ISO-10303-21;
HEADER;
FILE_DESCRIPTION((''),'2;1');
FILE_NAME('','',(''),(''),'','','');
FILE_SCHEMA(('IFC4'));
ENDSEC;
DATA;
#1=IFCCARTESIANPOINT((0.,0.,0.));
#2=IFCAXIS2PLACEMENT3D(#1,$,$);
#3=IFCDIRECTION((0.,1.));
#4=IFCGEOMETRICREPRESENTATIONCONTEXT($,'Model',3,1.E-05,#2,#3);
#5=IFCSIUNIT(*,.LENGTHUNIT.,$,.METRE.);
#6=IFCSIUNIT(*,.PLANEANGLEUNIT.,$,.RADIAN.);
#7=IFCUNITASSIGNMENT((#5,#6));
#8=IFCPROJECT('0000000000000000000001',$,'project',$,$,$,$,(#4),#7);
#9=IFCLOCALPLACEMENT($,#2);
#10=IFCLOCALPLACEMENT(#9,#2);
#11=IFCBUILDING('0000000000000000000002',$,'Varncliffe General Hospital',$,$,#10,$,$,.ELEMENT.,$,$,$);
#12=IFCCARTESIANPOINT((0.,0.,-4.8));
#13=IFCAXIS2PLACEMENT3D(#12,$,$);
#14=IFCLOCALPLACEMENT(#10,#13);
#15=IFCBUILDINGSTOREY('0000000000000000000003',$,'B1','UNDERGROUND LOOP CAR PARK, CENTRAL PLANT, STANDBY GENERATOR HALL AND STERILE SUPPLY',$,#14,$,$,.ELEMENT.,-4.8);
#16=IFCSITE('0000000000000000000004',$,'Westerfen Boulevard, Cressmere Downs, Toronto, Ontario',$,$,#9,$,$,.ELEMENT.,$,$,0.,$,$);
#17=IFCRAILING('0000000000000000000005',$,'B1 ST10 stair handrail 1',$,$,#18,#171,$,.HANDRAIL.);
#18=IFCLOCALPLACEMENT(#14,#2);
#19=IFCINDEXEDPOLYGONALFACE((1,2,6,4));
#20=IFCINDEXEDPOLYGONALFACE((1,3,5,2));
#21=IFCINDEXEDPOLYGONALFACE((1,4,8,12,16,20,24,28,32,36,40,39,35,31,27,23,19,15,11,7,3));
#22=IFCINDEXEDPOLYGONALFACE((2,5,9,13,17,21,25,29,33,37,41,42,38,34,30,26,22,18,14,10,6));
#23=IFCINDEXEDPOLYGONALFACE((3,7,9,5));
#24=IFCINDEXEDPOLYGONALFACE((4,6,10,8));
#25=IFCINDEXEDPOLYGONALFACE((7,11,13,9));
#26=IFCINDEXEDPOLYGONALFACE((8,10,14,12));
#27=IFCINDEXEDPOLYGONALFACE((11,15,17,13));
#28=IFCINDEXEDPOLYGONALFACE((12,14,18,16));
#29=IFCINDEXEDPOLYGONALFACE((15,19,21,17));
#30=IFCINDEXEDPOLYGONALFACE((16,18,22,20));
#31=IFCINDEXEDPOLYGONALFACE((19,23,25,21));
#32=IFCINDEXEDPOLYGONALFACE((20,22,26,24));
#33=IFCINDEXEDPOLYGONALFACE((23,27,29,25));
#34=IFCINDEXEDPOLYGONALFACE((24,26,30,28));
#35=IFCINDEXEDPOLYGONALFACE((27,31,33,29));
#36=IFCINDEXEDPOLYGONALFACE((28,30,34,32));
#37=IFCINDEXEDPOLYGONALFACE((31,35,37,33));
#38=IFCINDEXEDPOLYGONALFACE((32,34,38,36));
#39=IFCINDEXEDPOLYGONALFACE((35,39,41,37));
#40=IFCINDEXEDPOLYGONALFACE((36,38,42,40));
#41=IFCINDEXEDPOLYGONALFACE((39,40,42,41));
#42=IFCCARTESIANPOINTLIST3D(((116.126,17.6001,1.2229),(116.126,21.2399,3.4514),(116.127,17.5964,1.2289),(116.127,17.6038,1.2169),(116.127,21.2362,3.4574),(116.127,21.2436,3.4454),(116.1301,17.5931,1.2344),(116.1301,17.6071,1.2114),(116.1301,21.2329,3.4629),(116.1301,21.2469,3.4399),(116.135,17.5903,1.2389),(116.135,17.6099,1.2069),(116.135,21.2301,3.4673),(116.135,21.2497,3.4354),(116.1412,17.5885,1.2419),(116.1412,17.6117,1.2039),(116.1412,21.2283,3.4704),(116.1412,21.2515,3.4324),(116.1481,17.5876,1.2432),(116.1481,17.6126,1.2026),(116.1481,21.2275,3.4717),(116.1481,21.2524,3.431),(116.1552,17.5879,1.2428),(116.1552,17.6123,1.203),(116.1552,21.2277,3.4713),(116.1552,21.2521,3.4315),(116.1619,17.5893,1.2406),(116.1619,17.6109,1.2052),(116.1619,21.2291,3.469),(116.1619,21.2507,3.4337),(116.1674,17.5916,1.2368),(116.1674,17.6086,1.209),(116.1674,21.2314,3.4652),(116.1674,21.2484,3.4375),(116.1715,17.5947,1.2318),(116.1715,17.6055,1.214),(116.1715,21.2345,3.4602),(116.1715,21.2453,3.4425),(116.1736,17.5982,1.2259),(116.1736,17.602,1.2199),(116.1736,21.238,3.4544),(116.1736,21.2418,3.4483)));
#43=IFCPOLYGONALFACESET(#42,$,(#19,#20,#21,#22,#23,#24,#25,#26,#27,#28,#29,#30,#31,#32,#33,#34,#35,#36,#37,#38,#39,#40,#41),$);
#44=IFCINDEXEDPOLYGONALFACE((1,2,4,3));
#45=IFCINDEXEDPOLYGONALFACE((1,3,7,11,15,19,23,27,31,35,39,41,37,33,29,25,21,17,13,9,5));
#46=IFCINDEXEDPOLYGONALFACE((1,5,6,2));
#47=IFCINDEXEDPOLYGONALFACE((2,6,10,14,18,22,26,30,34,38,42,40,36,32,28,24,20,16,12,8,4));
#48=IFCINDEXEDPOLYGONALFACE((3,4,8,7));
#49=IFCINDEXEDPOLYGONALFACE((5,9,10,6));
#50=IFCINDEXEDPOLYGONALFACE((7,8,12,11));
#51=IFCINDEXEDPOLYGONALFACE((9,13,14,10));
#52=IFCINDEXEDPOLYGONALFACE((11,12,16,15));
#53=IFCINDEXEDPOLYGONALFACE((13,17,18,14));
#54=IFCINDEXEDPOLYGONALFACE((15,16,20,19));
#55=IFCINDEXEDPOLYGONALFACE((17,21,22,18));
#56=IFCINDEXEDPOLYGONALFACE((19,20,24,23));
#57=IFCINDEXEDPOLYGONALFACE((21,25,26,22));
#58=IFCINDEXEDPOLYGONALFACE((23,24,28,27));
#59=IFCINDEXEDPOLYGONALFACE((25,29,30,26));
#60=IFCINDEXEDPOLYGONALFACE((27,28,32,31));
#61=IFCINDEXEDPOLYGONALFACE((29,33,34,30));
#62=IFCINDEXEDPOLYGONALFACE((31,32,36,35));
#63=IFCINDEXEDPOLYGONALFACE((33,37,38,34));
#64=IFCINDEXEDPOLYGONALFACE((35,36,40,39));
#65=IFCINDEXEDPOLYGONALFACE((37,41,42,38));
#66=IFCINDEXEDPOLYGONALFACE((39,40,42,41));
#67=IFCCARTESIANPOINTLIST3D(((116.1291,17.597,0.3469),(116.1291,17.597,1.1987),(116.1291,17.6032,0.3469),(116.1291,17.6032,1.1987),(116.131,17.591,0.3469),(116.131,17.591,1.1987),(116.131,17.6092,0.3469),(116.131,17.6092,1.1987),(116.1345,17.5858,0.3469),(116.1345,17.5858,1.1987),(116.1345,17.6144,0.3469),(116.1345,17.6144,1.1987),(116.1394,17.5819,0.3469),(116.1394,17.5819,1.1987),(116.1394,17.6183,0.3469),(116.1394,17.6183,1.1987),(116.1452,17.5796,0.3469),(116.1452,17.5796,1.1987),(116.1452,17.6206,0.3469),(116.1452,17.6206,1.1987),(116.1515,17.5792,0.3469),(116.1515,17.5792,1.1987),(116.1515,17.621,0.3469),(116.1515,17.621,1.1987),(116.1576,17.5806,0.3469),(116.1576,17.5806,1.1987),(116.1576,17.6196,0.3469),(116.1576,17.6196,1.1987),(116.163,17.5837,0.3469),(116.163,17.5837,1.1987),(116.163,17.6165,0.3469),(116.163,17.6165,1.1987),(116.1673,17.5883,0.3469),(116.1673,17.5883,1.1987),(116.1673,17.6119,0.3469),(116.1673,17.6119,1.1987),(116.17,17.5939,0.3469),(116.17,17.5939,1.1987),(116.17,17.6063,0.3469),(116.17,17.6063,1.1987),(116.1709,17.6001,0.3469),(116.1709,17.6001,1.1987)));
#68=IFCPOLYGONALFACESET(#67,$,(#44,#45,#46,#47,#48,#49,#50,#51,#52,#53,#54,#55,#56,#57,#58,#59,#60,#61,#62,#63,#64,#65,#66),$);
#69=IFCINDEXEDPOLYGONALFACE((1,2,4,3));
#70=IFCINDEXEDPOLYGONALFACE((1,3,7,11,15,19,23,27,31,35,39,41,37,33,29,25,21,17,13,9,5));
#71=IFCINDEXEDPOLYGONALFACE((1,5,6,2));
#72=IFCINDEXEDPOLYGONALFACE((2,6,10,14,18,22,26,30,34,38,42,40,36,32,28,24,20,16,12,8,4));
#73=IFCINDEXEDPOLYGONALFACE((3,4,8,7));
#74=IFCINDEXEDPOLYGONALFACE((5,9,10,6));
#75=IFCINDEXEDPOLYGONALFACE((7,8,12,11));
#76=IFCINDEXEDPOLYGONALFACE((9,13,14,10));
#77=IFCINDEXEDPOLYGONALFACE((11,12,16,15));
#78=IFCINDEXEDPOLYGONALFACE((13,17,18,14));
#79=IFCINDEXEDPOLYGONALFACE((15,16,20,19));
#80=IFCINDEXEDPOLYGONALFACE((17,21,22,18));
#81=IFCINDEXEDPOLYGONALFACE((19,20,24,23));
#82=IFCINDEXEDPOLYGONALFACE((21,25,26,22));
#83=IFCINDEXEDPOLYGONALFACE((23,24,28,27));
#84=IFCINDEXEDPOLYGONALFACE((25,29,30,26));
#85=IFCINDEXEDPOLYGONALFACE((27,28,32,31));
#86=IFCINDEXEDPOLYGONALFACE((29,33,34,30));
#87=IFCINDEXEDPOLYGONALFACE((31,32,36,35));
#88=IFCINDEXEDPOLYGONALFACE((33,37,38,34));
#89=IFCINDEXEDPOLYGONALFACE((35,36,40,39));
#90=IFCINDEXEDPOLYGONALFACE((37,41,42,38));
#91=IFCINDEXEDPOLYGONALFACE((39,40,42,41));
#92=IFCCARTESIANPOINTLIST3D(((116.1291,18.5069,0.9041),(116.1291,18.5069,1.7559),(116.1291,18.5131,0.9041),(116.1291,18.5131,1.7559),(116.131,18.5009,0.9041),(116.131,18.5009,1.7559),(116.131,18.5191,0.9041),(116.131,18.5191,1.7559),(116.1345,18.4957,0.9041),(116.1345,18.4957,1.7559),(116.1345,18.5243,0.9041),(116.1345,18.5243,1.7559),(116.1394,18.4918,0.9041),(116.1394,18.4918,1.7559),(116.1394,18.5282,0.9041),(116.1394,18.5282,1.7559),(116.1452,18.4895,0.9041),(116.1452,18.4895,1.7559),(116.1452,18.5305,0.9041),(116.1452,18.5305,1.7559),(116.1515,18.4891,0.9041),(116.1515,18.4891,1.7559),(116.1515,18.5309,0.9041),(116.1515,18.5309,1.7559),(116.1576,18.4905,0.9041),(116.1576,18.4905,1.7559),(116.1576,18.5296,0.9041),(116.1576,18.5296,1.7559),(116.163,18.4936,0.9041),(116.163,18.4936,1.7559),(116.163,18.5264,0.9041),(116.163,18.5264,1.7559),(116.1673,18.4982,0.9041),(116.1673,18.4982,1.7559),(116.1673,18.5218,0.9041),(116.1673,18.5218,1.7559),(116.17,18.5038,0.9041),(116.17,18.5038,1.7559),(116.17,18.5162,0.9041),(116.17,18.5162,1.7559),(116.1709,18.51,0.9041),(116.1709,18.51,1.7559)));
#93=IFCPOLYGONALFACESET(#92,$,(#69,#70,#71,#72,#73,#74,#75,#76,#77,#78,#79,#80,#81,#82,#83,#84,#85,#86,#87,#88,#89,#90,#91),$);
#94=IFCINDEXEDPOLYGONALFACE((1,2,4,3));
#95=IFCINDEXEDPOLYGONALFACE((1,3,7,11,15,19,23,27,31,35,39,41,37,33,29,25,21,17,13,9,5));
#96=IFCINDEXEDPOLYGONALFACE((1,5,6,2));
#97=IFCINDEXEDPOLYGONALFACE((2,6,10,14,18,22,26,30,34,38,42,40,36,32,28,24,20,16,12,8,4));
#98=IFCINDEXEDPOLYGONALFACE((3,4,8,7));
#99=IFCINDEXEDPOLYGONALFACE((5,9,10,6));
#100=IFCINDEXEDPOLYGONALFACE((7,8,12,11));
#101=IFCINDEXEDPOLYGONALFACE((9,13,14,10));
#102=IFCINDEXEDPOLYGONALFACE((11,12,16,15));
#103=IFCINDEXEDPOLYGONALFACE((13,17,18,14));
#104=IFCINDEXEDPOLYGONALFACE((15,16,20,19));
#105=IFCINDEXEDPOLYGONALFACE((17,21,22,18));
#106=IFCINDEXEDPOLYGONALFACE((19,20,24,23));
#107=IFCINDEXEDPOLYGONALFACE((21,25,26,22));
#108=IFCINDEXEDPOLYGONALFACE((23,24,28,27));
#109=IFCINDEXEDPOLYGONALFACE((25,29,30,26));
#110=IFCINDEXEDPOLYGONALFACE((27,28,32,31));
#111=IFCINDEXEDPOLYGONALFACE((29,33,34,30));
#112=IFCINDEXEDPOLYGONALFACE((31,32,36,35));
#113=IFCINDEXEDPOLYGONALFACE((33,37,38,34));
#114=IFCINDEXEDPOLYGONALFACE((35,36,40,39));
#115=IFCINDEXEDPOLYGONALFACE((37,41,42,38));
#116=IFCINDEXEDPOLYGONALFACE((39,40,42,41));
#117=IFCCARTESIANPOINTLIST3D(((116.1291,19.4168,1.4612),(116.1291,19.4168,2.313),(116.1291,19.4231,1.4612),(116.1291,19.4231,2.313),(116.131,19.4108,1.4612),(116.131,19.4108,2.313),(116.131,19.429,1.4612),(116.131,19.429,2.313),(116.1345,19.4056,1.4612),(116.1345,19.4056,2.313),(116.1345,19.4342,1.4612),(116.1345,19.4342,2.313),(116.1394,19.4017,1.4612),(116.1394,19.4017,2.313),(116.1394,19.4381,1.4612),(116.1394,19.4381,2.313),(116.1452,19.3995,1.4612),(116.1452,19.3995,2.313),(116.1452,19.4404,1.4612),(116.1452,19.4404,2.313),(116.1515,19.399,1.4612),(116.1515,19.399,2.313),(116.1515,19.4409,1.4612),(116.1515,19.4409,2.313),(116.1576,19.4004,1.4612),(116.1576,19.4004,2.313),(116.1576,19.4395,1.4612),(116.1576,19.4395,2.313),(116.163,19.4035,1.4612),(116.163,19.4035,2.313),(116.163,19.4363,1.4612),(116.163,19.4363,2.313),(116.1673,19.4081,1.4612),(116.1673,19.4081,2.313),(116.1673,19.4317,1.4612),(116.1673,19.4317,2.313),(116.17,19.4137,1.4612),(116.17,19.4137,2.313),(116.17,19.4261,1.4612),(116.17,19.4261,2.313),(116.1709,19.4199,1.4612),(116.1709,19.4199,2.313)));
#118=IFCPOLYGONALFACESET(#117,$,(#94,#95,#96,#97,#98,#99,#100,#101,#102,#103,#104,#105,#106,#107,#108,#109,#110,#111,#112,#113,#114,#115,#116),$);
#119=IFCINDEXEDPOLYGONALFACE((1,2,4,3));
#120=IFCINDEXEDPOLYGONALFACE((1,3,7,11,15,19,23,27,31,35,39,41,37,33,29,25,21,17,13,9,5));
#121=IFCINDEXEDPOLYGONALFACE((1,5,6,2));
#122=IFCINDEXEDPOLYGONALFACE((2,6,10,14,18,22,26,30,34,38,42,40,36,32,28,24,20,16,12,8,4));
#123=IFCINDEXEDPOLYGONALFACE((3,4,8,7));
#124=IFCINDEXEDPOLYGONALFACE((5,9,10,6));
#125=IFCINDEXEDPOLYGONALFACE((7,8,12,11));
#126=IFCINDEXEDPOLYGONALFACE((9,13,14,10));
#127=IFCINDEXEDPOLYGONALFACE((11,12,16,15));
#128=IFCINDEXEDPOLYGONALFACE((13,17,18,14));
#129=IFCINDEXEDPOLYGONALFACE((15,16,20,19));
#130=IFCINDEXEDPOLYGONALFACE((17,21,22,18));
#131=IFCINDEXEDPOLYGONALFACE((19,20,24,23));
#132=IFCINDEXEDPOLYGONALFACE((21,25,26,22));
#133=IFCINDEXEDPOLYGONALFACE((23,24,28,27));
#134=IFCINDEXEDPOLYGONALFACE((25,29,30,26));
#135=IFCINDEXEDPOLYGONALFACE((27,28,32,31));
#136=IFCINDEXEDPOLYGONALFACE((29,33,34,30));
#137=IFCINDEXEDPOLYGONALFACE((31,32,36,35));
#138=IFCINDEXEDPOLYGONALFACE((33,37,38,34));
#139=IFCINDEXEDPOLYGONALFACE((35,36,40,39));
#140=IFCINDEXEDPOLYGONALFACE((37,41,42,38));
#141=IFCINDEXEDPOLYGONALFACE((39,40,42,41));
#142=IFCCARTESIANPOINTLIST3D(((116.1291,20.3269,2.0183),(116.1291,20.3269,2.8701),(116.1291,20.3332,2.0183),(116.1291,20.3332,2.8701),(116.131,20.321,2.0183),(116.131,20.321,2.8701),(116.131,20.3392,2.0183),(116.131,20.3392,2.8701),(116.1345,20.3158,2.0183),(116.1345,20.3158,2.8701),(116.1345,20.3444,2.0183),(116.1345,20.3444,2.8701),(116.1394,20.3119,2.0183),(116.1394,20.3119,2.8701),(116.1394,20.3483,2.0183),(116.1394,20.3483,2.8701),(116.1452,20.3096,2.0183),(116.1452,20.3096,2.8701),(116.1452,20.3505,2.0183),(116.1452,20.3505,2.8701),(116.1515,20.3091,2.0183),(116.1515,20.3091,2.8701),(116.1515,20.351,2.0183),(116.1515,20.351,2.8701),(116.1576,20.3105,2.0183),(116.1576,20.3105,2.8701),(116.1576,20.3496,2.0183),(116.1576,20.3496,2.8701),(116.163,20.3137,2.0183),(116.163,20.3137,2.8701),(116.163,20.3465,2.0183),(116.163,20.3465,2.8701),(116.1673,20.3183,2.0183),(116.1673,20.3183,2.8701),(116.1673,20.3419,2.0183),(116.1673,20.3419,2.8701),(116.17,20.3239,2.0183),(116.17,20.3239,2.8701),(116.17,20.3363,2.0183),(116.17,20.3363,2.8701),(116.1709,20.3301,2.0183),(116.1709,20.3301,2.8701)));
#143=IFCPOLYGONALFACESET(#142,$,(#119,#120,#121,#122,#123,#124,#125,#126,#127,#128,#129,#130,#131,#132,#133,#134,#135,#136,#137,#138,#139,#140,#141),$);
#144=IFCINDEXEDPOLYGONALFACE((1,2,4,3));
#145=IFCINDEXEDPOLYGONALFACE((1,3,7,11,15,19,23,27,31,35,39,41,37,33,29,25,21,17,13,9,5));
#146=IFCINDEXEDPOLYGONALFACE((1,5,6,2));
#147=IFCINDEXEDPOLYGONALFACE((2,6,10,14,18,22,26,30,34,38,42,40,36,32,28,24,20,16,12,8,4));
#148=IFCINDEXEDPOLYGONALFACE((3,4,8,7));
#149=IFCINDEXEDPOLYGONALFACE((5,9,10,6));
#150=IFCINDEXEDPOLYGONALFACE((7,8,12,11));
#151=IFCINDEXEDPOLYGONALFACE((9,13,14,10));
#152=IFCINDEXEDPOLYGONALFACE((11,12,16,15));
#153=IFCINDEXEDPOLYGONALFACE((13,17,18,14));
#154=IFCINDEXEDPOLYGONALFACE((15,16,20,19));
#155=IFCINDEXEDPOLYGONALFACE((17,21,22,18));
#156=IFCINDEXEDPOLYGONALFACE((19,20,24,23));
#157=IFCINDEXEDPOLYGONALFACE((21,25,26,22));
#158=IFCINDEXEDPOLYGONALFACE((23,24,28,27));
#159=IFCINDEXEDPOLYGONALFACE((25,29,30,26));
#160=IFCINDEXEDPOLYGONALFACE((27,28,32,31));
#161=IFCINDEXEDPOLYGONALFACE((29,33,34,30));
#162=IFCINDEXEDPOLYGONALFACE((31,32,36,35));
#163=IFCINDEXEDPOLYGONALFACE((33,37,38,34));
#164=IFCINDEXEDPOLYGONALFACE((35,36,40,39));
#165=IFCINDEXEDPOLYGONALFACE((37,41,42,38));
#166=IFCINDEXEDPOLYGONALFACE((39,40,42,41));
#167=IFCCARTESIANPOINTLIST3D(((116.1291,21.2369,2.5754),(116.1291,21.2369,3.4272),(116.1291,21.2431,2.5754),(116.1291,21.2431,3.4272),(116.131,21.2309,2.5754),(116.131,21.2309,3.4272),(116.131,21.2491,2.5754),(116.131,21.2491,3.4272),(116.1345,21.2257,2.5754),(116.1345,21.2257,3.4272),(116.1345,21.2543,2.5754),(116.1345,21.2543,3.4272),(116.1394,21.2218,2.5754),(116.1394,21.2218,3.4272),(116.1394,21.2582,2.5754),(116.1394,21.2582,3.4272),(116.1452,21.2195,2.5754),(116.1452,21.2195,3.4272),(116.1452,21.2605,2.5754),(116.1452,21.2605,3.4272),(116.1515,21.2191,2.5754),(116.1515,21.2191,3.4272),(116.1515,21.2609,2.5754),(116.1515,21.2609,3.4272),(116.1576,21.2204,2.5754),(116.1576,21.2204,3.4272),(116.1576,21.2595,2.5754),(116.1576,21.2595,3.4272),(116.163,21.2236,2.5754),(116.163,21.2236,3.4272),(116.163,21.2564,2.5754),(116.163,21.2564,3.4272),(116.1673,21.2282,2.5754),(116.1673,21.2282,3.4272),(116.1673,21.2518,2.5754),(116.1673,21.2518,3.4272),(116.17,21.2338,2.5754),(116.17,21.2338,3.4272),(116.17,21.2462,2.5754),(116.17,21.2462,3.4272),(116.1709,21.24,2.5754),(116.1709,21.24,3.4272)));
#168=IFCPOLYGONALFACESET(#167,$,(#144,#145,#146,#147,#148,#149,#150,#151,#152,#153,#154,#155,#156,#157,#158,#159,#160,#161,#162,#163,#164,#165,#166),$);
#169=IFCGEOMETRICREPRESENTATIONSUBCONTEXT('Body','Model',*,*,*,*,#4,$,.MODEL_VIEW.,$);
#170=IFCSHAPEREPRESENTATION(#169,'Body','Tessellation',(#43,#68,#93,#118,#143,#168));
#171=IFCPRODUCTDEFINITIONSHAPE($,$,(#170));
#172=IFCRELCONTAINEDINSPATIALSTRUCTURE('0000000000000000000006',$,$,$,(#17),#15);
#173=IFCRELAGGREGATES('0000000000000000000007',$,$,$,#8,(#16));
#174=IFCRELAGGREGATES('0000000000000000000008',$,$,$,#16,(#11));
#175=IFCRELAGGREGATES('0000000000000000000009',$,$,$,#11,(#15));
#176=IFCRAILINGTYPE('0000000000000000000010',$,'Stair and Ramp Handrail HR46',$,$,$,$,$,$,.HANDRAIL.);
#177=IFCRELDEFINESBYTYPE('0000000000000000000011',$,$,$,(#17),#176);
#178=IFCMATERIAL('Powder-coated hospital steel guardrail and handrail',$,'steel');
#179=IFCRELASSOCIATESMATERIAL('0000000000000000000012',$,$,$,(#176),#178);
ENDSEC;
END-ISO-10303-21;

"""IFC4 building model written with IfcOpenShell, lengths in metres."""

from ifc_helpers import new_model, si_unit, direction, frame, origin, origin_2d, place, context, subcontext, project, spatial, circle, extrude, material, type_object, element, save


model = new_model("IFC4")

# Units and contexts
model_context = context("Model", 3, precision=1e-05, world=origin(), true_north=direction((0.0, 1.0)))
body_context = subcontext(model_context, "Body", "Model", "MODEL_VIEW")
ifc_project = project(units=[si_unit("LENGTHUNIT", "METRE"), si_unit("PLANEANGLEUNIT", "RADIAN")], contexts=[model_context])

# Site, building, storey
site_placement = place(None, origin())
site = spatial("IfcSite", under=ifc_project, at=site_placement, Name="Westerfen Boulevard, Cressmere Downs, Toronto, Ontario", CompositionType="ELEMENT", RefElevation=0.0)
building_placement = place(site_placement, origin())
building = spatial("IfcBuilding", under=site, at=building_placement, Name="Varncliffe General Hospital", CompositionType="ELEMENT")
storey_placement = place(building_placement, frame((0.0, 0.0, -4.8)))
storey = spatial("IfcBuildingStorey", under=building, at=storey_placement, Name="B1", Description="UNDERGROUND LOOP CAR PARK, CENTRAL PLANT, STANDBY GENERATOR HALL AND STERILE SUPPLY", CompositionType="ELEMENT", Elevation=-4.8)

# Railing
ifc_material_1 = material(Name="Powder-coated hospital steel guardrail and handrail", Category="steel")
railing_type_1 = type_object("IfcRailingType", Name="Stair and Ramp Handrail HR46", PredefinedType="HANDRAIL", material=ifc_material_1)
railing_1_placement = place(storey_placement, frame((116.1499, 17.6001, 0.3469)))
element("IfcRailing", 1, at=railing_1_placement, inside=storey, type_object=railing_type_1, Name="B1 ST10 stair handrail 1", PredefinedType="HANDRAIL", context=body_context, shape_type="SweptSolid", body=[
    extrude(circle(Radius=0.0239, at=origin_2d()), frame((0.0, 0.0, 0.876), z_axis=(0.0, 0.85285, 0.522156), x_axis=(-1.0, 0.0, 0.0)), (0.0, 0.0, 1.0), 4.2678),
    extrude(circle(Radius=0.021, at=origin_2d()), origin(), (0.0, 0.0, 1.0), 0.8518),
    extrude(circle(Radius=0.021, at=origin_2d()), frame((0.0, 0.9099, 0.5571)), (0.0, 0.0, 1.0), 0.8518),
    extrude(circle(Radius=0.021, at=origin_2d()), frame((0.0, 1.8198, 1.1143)), (0.0, 0.0, 1.0), 0.8518),
    extrude(circle(Radius=0.021, at=origin_2d()), frame((0.0, 2.73, 1.6714)), (0.0, 0.0, 1.0), 0.8518),
    extrude(circle(Radius=0.021, at=origin_2d()), frame((0.0, 3.6399, 2.2285)), (0.0, 0.0, 1.0), 0.8518),
])

save(model, "model.ifc")
